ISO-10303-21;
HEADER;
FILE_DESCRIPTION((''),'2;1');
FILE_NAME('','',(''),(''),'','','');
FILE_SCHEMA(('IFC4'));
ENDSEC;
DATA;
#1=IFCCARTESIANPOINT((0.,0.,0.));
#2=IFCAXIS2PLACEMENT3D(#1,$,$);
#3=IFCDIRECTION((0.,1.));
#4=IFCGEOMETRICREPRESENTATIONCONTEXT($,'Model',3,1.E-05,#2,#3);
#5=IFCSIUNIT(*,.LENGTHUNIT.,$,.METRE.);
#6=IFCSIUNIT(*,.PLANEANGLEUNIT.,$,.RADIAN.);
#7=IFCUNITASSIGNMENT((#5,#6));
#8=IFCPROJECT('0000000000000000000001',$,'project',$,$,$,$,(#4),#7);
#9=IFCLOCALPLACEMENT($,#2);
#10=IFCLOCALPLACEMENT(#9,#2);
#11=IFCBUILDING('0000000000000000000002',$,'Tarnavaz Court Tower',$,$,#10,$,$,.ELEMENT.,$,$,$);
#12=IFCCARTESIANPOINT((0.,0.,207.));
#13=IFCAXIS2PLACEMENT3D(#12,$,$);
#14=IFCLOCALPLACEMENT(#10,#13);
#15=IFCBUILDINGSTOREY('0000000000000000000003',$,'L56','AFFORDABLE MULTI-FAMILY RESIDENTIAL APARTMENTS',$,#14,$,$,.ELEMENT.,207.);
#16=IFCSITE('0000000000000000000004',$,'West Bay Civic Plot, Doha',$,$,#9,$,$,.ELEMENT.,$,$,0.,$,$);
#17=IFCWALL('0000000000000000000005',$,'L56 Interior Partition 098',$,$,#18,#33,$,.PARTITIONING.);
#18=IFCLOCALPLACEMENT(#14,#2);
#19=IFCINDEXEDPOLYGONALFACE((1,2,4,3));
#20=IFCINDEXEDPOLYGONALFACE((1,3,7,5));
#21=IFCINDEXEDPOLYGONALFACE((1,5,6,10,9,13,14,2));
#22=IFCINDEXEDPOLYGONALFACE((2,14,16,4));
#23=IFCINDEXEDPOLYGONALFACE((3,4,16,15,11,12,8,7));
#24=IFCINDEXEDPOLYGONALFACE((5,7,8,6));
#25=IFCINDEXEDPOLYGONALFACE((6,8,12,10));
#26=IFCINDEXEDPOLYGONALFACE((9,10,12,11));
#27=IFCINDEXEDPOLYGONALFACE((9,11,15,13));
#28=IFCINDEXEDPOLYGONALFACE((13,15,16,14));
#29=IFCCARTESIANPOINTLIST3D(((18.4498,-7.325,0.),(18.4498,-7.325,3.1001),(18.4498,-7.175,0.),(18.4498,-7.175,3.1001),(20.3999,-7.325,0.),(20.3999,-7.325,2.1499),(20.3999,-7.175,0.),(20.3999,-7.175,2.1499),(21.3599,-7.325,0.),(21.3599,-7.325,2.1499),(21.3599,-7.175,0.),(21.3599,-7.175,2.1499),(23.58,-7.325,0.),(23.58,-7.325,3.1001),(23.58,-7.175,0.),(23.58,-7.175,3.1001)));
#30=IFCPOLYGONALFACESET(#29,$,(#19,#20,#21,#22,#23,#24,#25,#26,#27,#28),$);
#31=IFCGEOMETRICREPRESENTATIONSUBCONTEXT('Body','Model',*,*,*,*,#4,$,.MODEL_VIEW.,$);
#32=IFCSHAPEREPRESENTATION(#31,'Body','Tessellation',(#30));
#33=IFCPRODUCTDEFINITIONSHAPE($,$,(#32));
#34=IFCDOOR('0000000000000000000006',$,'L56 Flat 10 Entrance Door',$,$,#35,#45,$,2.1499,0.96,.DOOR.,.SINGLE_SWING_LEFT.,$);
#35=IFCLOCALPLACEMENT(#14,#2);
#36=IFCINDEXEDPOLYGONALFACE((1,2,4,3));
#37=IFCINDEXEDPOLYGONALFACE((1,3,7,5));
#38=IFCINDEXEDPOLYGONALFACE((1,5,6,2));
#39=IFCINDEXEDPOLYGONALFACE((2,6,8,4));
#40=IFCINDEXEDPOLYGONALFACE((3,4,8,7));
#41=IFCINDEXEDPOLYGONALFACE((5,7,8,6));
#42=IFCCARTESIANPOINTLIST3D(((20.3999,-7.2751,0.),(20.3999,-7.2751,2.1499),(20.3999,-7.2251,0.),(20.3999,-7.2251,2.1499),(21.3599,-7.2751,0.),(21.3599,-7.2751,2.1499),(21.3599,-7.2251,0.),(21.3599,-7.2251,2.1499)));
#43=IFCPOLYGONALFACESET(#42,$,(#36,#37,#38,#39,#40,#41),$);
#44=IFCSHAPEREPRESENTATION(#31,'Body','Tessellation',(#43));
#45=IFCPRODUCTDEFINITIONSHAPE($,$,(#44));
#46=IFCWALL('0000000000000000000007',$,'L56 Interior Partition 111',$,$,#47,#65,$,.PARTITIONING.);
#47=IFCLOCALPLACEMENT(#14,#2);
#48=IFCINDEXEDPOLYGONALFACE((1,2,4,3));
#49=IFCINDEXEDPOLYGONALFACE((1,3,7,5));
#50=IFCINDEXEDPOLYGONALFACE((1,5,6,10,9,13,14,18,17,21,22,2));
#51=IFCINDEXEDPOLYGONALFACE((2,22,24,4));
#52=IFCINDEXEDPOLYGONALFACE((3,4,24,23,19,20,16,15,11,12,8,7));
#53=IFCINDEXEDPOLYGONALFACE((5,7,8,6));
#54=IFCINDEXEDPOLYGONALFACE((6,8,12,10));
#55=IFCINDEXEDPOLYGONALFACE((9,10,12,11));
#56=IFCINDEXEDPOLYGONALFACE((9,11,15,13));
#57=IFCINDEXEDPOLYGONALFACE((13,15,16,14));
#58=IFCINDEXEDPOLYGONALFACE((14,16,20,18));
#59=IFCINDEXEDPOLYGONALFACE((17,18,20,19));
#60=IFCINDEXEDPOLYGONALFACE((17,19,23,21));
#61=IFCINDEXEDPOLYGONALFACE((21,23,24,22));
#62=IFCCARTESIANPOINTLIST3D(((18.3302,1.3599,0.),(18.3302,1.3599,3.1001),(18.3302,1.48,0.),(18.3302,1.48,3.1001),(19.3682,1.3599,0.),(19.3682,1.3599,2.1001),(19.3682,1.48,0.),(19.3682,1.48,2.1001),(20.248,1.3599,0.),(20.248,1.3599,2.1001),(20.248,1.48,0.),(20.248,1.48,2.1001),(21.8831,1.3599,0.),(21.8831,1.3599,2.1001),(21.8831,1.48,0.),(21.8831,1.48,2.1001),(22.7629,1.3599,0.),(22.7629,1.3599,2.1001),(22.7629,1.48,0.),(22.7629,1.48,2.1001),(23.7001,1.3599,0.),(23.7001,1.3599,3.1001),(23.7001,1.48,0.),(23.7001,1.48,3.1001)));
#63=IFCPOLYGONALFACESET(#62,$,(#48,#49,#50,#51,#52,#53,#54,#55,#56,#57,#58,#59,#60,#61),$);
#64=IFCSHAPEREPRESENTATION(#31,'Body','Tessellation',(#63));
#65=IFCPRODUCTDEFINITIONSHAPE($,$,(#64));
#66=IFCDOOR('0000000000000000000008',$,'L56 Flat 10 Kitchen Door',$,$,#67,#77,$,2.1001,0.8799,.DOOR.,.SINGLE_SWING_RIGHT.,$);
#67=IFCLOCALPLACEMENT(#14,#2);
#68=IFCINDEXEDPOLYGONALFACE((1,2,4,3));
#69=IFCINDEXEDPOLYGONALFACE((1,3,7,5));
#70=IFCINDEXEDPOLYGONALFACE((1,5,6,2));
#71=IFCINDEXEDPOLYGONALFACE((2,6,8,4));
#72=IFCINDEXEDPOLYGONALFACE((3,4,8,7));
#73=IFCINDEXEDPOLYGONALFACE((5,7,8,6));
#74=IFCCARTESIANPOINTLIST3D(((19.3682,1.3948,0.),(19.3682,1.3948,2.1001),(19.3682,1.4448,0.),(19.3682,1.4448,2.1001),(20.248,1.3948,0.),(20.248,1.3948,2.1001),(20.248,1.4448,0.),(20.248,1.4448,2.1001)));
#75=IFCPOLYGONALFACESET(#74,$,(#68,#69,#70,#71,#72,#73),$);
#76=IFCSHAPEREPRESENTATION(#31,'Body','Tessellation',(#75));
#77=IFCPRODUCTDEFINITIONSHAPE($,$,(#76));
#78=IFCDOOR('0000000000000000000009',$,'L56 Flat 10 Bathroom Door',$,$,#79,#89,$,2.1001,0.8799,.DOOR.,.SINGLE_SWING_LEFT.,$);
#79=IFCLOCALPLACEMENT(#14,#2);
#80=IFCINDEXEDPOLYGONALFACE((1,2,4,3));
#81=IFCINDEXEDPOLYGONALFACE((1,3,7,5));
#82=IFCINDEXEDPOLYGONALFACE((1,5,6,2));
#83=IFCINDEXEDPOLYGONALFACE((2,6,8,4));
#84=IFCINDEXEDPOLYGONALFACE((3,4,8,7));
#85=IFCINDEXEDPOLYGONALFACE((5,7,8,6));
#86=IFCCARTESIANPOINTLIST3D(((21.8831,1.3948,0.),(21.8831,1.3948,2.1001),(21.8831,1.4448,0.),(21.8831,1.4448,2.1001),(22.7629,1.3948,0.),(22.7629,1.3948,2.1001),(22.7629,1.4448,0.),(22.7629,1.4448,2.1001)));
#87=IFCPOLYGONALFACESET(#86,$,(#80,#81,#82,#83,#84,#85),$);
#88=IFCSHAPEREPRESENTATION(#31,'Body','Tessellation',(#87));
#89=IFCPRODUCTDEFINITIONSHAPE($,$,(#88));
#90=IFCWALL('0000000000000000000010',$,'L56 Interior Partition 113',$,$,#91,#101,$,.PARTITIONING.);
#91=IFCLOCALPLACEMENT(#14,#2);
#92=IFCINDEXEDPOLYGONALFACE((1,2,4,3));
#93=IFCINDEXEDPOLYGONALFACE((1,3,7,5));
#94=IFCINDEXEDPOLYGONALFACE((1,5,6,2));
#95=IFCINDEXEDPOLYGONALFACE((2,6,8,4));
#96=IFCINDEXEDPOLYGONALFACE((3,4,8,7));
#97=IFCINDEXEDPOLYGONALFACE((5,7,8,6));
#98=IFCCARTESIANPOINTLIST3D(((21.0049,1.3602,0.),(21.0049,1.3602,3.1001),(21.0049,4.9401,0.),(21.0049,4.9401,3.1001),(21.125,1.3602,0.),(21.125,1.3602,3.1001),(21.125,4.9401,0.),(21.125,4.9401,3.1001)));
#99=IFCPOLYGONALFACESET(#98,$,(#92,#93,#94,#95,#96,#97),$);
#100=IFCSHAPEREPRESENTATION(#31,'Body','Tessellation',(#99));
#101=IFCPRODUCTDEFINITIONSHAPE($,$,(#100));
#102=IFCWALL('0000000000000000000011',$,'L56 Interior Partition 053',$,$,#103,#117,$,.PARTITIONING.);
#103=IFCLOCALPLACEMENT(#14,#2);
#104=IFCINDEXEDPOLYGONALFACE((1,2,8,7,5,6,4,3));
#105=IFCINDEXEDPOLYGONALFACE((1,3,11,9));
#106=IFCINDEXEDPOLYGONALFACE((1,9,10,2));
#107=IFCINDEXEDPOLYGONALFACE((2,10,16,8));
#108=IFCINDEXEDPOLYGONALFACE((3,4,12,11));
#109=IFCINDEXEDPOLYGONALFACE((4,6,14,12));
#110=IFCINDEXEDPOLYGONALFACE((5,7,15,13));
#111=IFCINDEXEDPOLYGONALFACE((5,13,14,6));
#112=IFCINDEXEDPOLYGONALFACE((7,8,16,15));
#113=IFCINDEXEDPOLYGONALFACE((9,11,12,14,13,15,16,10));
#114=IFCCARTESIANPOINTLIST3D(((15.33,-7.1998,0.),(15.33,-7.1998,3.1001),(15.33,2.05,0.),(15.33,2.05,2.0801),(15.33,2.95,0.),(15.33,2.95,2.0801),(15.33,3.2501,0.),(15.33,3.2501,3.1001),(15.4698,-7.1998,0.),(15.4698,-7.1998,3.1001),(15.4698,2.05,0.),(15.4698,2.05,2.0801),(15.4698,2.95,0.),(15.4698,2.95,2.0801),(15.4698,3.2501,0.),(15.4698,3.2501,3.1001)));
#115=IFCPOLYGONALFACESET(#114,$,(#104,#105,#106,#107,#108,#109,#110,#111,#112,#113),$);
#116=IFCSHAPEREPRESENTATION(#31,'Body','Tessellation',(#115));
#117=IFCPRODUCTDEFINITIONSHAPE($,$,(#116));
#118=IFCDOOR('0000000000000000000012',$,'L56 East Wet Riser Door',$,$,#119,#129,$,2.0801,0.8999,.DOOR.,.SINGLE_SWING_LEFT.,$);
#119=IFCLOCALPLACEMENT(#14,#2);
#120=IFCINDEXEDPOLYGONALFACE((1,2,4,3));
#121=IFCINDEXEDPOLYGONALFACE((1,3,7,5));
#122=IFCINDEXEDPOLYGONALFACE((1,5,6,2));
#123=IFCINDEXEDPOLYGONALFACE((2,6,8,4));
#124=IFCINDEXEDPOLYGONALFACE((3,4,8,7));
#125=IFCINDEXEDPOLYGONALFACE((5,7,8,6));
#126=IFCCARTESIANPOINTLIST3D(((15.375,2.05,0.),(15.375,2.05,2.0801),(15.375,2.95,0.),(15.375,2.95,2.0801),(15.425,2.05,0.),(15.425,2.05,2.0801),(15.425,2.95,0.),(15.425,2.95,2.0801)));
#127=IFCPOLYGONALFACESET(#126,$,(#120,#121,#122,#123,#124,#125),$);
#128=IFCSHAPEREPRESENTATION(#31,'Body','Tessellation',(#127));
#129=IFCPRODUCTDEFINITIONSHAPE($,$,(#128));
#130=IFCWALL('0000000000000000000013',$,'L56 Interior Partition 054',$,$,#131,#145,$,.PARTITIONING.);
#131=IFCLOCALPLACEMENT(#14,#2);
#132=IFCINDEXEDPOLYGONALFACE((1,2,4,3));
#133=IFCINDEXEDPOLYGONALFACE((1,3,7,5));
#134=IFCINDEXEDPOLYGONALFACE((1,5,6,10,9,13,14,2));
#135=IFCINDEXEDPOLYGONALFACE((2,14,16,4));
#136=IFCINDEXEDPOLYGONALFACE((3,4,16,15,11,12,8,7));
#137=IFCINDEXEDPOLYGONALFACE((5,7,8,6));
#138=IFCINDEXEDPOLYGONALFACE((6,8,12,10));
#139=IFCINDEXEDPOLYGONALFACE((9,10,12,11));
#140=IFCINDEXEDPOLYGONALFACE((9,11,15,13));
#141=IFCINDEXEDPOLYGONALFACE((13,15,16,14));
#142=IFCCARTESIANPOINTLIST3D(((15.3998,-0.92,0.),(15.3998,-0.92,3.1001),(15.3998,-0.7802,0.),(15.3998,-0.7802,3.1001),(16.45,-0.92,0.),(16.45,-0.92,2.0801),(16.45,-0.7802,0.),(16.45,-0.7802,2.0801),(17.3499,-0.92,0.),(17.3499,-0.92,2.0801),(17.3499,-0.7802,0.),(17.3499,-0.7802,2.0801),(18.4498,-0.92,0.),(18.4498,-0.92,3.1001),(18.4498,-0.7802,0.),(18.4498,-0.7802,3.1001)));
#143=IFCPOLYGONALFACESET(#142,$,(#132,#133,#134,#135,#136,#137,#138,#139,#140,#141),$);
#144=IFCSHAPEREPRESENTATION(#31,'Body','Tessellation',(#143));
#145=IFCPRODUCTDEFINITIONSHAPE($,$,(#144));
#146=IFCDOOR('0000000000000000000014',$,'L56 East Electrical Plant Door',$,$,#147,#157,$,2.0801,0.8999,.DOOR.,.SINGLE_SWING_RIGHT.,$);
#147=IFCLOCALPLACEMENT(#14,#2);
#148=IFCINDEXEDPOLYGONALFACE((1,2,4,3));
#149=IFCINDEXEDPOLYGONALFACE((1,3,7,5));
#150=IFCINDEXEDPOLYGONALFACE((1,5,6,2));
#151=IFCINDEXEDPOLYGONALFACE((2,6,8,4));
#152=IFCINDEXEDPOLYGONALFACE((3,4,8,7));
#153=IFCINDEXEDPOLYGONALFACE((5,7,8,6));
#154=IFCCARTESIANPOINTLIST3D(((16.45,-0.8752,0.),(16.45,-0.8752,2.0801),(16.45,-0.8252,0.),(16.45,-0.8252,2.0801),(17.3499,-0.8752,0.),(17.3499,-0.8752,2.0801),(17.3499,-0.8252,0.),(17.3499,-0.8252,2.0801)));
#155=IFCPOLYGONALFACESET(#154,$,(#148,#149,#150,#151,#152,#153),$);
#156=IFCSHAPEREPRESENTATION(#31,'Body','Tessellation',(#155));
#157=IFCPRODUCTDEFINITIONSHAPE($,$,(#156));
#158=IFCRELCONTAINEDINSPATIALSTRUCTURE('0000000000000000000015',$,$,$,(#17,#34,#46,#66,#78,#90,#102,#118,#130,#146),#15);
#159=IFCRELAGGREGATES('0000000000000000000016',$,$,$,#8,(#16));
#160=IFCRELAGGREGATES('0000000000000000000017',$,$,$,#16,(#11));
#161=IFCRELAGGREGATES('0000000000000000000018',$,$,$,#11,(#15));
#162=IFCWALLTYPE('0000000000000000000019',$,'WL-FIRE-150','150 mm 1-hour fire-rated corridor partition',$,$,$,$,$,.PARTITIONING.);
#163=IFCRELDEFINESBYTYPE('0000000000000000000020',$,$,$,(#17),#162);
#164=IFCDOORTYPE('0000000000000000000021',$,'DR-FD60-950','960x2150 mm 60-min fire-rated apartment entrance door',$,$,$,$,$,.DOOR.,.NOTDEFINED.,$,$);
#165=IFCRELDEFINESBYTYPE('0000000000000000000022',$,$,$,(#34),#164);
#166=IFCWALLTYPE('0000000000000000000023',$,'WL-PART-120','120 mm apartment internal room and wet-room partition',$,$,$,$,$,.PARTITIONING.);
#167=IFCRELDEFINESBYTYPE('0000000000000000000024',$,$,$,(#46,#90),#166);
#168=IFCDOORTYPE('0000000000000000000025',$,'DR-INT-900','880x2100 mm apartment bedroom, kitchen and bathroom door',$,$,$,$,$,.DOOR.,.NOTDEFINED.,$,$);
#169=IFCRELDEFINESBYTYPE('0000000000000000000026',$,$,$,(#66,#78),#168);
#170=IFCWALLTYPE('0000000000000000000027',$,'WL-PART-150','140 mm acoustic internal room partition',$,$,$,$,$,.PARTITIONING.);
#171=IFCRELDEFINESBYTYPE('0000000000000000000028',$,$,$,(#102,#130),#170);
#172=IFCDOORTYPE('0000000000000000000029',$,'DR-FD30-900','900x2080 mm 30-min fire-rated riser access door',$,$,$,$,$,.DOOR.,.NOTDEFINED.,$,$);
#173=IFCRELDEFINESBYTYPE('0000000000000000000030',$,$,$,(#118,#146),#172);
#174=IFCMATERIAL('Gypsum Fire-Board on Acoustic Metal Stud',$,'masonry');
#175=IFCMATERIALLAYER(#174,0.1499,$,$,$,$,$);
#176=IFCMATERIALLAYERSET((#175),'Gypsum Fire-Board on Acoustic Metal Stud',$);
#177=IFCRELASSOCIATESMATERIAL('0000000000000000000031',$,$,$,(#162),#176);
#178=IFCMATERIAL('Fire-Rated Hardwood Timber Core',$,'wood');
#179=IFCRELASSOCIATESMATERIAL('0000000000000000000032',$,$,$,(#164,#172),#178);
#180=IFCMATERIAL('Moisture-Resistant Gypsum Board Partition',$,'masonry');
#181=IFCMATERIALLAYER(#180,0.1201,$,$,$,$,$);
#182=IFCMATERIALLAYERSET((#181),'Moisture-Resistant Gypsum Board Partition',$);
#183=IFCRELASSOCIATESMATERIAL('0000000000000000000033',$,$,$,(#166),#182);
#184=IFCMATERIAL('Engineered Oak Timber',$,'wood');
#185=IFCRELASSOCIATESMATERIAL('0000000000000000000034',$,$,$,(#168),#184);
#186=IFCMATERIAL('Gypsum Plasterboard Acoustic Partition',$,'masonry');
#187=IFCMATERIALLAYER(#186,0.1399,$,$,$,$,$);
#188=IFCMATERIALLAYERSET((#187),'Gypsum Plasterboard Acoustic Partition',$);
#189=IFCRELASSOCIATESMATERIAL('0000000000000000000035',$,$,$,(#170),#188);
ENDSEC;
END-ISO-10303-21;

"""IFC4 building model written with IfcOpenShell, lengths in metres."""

from ifc_helpers import new_model, si_unit, direction, frame, frame_2d, origin, place, context, subcontext, project, spatial, rectangle, extrude, material, layer, layer_set, type_object, element, fill, save


model = new_model("IFC4")

# Units and contexts
model_context = context("Model", 3, precision=1e-05, world=origin(), true_north=direction((0.0, 1.0)))
body_context = subcontext(model_context, "Body", "Model", "MODEL_VIEW")
ifc_project = project(units=[si_unit("LENGTHUNIT", "METRE"), si_unit("PLANEANGLEUNIT", "RADIAN")], contexts=[model_context])

# Site, building, storey
site_placement = place(None, origin())
site = spatial("IfcSite", under=ifc_project, at=site_placement, Name="West Bay Civic Plot, Doha", CompositionType="ELEMENT", RefElevation=0.0)
building_placement = place(site_placement, origin())
building = spatial("IfcBuilding", under=site, at=building_placement, Name="Tarnavaz Court Tower", CompositionType="ELEMENT")
storey_placement = place(building_placement, frame((0.0, 0.0, 207.0)))
storey = spatial("IfcBuildingStorey", under=building, at=storey_placement, Name="L56", Description="AFFORDABLE MULTI-FAMILY RESIDENTIAL APARTMENTS", CompositionType="ELEMENT", Elevation=207.0)

# Wall, opening, door
ifc_material_1 = material(Name="Gypsum Fire-Board on Acoustic Metal Stud", Category="masonry")
ifc_layer_1 = layer(ifc_material_1, 0.1499)
ifc_layer_set_1 = layer_set([ifc_layer_1], Name="Gypsum Fire-Board on Acoustic Metal Stud")
wall_type_1 = type_object("IfcWallType", Name="WL-FIRE-150", Description="150 mm 1-hour fire-rated corridor partition", PredefinedType="PARTITIONING", material=ifc_layer_set_1)
wall_1_placement = place(storey_placement, frame((18.45, -7.25, 0.0), z_axis=(0.0, 0.0, 1.0), x_axis=(1.0, 0.0, 0.0)))
wall_1 = element("IfcWall", 1, at=wall_1_placement, inside=storey, type_object=wall_type_1, Name="L56 Interior Partition 098", PredefinedType="PARTITIONING", context=body_context, shape_type="SweptSolid", body=[
    extrude(rectangle(XDim=5.1301, YDim=0.1499, at=frame_2d((2.5649, 0.0))), origin(), (0.0, 0.0, 1.0), 3.1001),
])
opening_1_placement = place(wall_1_placement, frame((1.95, 0.0, 0.0)))
opening_1 = element("IfcOpeningElement", 2, at=opening_1_placement, cuts=wall_1, PredefinedType="OPENING", context=body_context, shape_type="SweptSolid", body=[
    extrude(rectangle(XDim=0.96, YDim=2.1499, at=frame_2d((0.48, 1.075))), frame((0.0, 0.085, 0.0), z_axis=(0.0, -1.0, 0.0), x_axis=(1.0, 0.0, 0.0)), (0.0, 0.0, 1.0), 0.1699),
])
ifc_material_2 = material(Name="Fire-Rated Hardwood Timber Core", Category="wood")
door_type_1 = type_object("IfcDoorType", Name="DR-FD60-950", Description="960x2150 mm 60-min fire-rated apartment entrance door", OperationType="NOTDEFINED", PredefinedType="DOOR", material=ifc_material_2)
door_1_placement = place(opening_1_placement, origin())
door_1 = element("IfcDoor", 3, at=door_1_placement, inside=storey, type_object=door_type_1, Name="L56 Flat 10 Entrance Door", OperationType="SINGLE_SWING_LEFT", OverallHeight=2.1499, OverallWidth=0.96, PredefinedType="DOOR", context=body_context, shape_type="SweptSolid", body=[
    extrude(rectangle(XDim=0.96, YDim=2.1499, at=frame_2d((0.48, 1.075))), frame((0.0, 0.0249, 0.0), z_axis=(0.0, -1.0, 0.0), x_axis=(1.0, 0.0, 0.0)), (0.0, 0.0, 1.0), 0.05),
])
fill(opening_1, door_1)

# Wall, openings, doors
ifc_material_3 = material(Name="Moisture-Resistant Gypsum Board Partition", Category="masonry")
ifc_layer_2 = layer(ifc_material_3, 0.1201)
ifc_layer_set_2 = layer_set([ifc_layer_2], Name="Moisture-Resistant Gypsum Board Partition")
wall_type_2 = type_object("IfcWallType", Name="WL-PART-120", Description="120 mm apartment internal room and wet-room partition", PredefinedType="PARTITIONING", material=ifc_layer_set_2)
wall_2_placement = place(storey_placement, frame((18.3301, 1.4199, 0.0), z_axis=(0.0, 0.0, 1.0), x_axis=(1.0, 0.0, 0.0)))
wall_2 = element("IfcWall", 4, at=wall_2_placement, inside=storey, type_object=wall_type_2, Name="L56 Interior Partition 111", PredefinedType="PARTITIONING", context=body_context, shape_type="SweptSolid", body=[
    extrude(rectangle(XDim=5.3699, YDim=0.1201, at=frame_2d((2.6851, 0.0))), origin(), (0.0, 0.0, 1.0), 3.1001),
])
opening_2_placement = place(wall_2_placement, frame((1.0381, 0.0, 0.0)))
opening_2 = element("IfcOpeningElement", 5, at=opening_2_placement, cuts=wall_2, PredefinedType="OPENING", context=body_context, shape_type="SweptSolid", body=[
    extrude(rectangle(XDim=0.8799, YDim=2.1001, at=frame_2d((0.4399, 1.05))), frame((0.0, 0.0701, 0.0), z_axis=(0.0, -1.0, 0.0), x_axis=(1.0, 0.0, 0.0)), (0.0, 0.0, 1.0), 0.1401),
])
opening_3_placement = place(wall_2_placement, frame((3.553, 0.0, 0.0)))
opening_3 = element("IfcOpeningElement", 6, at=opening_3_placement, cuts=wall_2, PredefinedType="OPENING", context=body_context, shape_type="SweptSolid", body=[
    extrude(rectangle(XDim=0.8799, YDim=2.1001, at=frame_2d((0.4399, 1.05))), frame((0.0, 0.0701, 0.0), z_axis=(0.0, -1.0, 0.0), x_axis=(1.0, 0.0, 0.0)), (0.0, 0.0, 1.0), 0.1401),
])
ifc_material_4 = material(Name="Engineered Oak Timber", Category="wood")
door_type_2 = type_object("IfcDoorType", Name="DR-INT-900", Description="880x2100 mm apartment bedroom, kitchen and bathroom door", OperationType="NOTDEFINED", PredefinedType="DOOR", material=ifc_material_4)
door_2_placement = place(opening_2_placement, origin())
door_2 = element("IfcDoor", 7, at=door_2_placement, inside=storey, type_object=door_type_2, Name="L56 Flat 10 Kitchen Door", OperationType="SINGLE_SWING_RIGHT", OverallHeight=2.1001, OverallWidth=0.8799, PredefinedType="DOOR", context=body_context, shape_type="SweptSolid", body=[
    extrude(rectangle(XDim=0.8799, YDim=2.1001, at=frame_2d((0.4399, 1.05))), frame((0.0, 0.0249, 0.0), z_axis=(0.0, -1.0, 0.0), x_axis=(1.0, 0.0, 0.0)), (0.0, 0.0, 1.0), 0.05),
])
fill(opening_2, door_2)
door_3_placement = place(opening_3_placement, origin())
door_3 = element("IfcDoor", 8, at=door_3_placement, inside=storey, type_object=door_type_2, Name="L56 Flat 10 Bathroom Door", OperationType="SINGLE_SWING_LEFT", OverallHeight=2.1001, OverallWidth=0.8799, PredefinedType="DOOR", context=body_context, shape_type="SweptSolid", body=[
    extrude(rectangle(XDim=0.8799, YDim=2.1001, at=frame_2d((0.4399, 1.05))), frame((0.0, 0.0249, 0.0), z_axis=(0.0, -1.0, 0.0), x_axis=(1.0, 0.0, 0.0)), (0.0, 0.0, 1.0), 0.05),
])
fill(opening_3, door_3)

# Wall
wall_3_placement = place(storey_placement, frame((21.0649, 1.3601, 0.0), z_axis=(0.0, 0.0, 1.0), x_axis=(0.0, 1.0, 0.0)))
element("IfcWall", 9, at=wall_3_placement, inside=storey, type_object=wall_type_2, Name="L56 Interior Partition 113", PredefinedType="PARTITIONING", context=body_context, shape_type="SweptSolid", body=[
    extrude(rectangle(XDim=3.5798, YDim=0.1201, at=frame_2d((1.79, 0.0))), origin(), (0.0, 0.0, 1.0), 3.1001),
])

# Walls, openings, doors
ifc_material_5 = material(Name="Gypsum Plasterboard Acoustic Partition", Category="masonry")
ifc_layer_3 = layer(ifc_material_5, 0.1399)
ifc_layer_set_3 = layer_set([ifc_layer_3], Name="Gypsum Plasterboard Acoustic Partition")
wall_type_3 = type_object("IfcWallType", Name="WL-PART-150", Description="140 mm acoustic internal room partition", PredefinedType="PARTITIONING", material=ifc_layer_set_3)
wall_4_placement = place(storey_placement, frame((15.3999, -7.2, 0.0), z_axis=(0.0, 0.0, 1.0), x_axis=(0.0, 1.0, 0.0)))
wall_4 = element("IfcWall", 10, at=wall_4_placement, inside=storey, type_object=wall_type_3, Name="L56 Interior Partition 053", PredefinedType="PARTITIONING", context=body_context, shape_type="SweptSolid", body=[
    extrude(rectangle(XDim=10.45, YDim=0.1399, at=frame_2d((5.2251, 0.0))), origin(), (0.0, 0.0, 1.0), 3.1001),
])
opening_4_placement = place(wall_4_placement, frame((9.25, 0.0, 0.0)))
opening_4 = element("IfcOpeningElement", 11, at=opening_4_placement, cuts=wall_4, PredefinedType="OPENING", context=body_context, shape_type="SweptSolid", body=[
    extrude(rectangle(XDim=0.8999, YDim=2.0801, at=frame_2d((0.45, 1.04))), frame((0.0, 0.0798, 0.0), z_axis=(0.0, -1.0, 0.0), x_axis=(1.0, 0.0, 0.0)), (0.0, 0.0, 1.0), 0.1599),
])
door_type_3 = type_object("IfcDoorType", Name="DR-FD30-900", Description="900x2080 mm 30-min fire-rated riser access door", OperationType="NOTDEFINED", PredefinedType="DOOR", material=ifc_material_2)
door_4_placement = place(opening_4_placement, origin())
door_4 = element("IfcDoor", 12, at=door_4_placement, inside=storey, type_object=door_type_3, Name="L56 East Wet Riser Door", OperationType="SINGLE_SWING_LEFT", OverallHeight=2.0801, OverallWidth=0.8999, PredefinedType="DOOR", context=body_context, shape_type="SweptSolid", body=[
    extrude(rectangle(XDim=0.8999, YDim=2.0801, at=frame_2d((0.45, 1.04))), frame((0.0, 0.0249, 0.0), z_axis=(0.0, -1.0, 0.0), x_axis=(1.0, 0.0, 0.0)), (0.0, 0.0, 1.0), 0.05),
])
fill(opening_4, door_4)
wall_5_placement = place(storey_placement, frame((15.3999, -0.8501, 0.0), z_axis=(0.0, 0.0, 1.0), x_axis=(1.0, 0.0, 0.0)))
wall_5 = element("IfcWall", 13, at=wall_5_placement, inside=storey, type_object=wall_type_3, Name="L56 Interior Partition 054", PredefinedType="PARTITIONING", context=body_context, shape_type="SweptSolid", body=[
    extrude(rectangle(XDim=3.05, YDim=0.1399, at=frame_2d((1.5249, 0.0))), origin(), (0.0, 0.0, 1.0), 3.1001),
])
opening_5_placement = place(wall_5_placement, frame((1.05, 0.0, 0.0)))
opening_5 = element("IfcOpeningElement", 14, at=opening_5_placement, cuts=wall_5, PredefinedType="OPENING", context=body_context, shape_type="SweptSolid", body=[
    extrude(rectangle(XDim=0.8999, YDim=2.0801, at=frame_2d((0.45, 1.04))), frame((0.0, 0.0798, 0.0), z_axis=(0.0, -1.0, 0.0), x_axis=(1.0, 0.0, 0.0)), (0.0, 0.0, 1.0), 0.1599),
])
door_5_placement = place(opening_5_placement, origin())
door_5 = element("IfcDoor", 15, at=door_5_placement, inside=storey, type_object=door_type_3, Name="L56 East Electrical Plant Door", OperationType="SINGLE_SWING_RIGHT", OverallHeight=2.0801, OverallWidth=0.8999, PredefinedType="DOOR", context=body_context, shape_type="SweptSolid", body=[
    extrude(rectangle(XDim=0.8999, YDim=2.0801, at=frame_2d((0.45, 1.04))), frame((0.0, 0.0249, 0.0), z_axis=(0.0, -1.0, 0.0), x_axis=(1.0, 0.0, 0.0)), (0.0, 0.0, 1.0), 0.05),
])
fill(opening_5, door_5)

save(model, "model.ifc")
